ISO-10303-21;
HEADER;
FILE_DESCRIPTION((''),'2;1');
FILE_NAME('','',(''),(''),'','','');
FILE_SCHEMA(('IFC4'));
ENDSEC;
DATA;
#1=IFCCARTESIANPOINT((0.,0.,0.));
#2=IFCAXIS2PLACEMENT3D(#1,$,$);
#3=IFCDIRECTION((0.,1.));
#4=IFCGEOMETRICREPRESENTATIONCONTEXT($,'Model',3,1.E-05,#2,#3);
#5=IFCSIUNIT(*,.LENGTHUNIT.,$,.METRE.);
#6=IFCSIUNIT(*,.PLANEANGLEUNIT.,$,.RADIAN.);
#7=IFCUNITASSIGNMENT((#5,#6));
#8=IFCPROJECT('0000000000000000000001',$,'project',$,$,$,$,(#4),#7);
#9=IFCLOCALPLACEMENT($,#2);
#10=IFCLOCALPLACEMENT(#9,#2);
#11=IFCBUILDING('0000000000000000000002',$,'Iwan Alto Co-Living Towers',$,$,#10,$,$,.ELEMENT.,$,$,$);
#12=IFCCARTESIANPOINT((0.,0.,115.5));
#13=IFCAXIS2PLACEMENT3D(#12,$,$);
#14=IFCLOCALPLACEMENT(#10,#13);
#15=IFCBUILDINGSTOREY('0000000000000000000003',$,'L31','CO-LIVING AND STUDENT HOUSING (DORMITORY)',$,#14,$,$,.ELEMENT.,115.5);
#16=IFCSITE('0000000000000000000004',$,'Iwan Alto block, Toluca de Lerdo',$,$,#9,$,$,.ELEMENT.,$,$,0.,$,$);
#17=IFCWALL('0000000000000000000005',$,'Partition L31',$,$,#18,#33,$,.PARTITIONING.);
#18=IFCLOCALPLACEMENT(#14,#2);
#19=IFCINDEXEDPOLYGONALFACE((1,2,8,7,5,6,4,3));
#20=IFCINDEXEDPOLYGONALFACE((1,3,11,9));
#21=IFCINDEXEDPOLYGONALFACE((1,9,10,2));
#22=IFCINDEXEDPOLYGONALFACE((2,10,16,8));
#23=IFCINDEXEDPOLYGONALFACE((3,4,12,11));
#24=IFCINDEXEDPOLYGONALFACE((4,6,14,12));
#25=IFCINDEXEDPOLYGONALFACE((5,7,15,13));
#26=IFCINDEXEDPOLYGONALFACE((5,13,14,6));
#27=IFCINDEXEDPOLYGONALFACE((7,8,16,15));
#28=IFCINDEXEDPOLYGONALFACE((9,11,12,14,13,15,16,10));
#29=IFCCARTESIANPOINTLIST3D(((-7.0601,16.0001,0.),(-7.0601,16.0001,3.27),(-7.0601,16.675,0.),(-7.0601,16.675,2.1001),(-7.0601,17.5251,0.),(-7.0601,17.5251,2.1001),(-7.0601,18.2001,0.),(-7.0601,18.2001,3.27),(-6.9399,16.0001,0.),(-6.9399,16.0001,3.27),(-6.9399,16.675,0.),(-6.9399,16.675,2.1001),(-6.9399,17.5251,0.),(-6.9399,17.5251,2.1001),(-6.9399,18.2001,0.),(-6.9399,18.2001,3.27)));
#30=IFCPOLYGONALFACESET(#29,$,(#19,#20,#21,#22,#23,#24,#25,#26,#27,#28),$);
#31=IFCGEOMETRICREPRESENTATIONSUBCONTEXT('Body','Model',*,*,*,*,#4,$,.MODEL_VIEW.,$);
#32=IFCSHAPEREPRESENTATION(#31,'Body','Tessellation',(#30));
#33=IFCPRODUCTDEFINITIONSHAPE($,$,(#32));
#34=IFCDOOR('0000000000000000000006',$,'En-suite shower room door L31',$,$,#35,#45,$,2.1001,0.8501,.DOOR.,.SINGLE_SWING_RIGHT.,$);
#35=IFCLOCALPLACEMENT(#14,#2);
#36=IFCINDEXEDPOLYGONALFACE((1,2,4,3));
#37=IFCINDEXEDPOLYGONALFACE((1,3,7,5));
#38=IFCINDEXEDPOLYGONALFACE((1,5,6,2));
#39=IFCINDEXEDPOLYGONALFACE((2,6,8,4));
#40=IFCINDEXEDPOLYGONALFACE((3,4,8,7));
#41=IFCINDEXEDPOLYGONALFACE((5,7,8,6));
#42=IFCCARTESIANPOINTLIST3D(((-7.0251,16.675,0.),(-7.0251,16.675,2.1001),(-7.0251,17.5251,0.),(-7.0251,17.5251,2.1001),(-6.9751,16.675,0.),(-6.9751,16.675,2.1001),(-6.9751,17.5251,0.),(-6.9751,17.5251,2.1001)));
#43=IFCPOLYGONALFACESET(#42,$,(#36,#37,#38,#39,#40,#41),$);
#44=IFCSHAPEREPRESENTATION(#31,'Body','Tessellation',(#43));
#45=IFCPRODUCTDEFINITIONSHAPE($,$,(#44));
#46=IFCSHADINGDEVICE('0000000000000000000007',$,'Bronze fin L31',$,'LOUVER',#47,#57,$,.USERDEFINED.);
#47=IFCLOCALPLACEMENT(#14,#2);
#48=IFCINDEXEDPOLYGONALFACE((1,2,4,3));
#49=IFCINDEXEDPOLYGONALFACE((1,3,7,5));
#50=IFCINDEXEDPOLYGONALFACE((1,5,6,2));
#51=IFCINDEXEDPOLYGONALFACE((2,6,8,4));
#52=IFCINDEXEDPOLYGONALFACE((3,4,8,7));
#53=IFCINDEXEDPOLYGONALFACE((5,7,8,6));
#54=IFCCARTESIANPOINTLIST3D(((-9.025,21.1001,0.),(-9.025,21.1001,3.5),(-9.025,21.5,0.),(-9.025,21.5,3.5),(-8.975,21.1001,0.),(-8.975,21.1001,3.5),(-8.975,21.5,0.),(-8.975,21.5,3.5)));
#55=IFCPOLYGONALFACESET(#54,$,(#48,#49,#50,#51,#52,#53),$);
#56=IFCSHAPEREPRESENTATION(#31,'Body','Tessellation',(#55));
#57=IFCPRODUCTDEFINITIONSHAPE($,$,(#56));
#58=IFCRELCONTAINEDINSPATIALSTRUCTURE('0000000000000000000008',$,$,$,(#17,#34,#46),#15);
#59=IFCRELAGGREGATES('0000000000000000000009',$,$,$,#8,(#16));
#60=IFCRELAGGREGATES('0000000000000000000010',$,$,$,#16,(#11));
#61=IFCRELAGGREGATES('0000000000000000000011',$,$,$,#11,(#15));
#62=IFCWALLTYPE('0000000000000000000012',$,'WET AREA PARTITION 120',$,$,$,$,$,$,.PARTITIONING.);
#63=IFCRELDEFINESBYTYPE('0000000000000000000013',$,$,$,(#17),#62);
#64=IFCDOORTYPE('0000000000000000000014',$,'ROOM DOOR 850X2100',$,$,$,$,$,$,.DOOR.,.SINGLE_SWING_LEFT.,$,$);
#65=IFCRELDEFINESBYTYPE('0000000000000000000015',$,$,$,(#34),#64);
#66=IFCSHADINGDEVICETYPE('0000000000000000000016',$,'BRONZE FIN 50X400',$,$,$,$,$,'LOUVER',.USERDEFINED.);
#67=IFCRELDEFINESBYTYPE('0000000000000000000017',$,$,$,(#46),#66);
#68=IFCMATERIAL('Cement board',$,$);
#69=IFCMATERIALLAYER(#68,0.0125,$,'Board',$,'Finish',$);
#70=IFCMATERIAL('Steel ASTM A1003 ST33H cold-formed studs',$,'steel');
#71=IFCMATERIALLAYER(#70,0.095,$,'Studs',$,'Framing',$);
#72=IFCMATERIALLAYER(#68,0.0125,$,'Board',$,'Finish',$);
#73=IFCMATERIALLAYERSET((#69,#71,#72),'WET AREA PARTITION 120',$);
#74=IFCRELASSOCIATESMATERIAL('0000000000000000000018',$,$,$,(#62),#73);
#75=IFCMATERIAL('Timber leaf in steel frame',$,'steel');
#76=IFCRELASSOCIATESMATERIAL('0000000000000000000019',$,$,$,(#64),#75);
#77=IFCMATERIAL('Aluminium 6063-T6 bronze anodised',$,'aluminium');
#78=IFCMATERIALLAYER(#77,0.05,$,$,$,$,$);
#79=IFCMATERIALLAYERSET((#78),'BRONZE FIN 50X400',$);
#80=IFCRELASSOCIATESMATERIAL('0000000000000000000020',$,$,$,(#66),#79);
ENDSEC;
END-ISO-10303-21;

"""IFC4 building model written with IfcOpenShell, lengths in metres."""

from ifc_helpers import new_model, si_unit, direction, frame, frame_2d, origin, origin_2d, place, context, subcontext, project, spatial, rectangle, extrude, material, layer, layer_set, type_object, element, fill, save


model = new_model("IFC4")

# Units and contexts
model_context = context("Model", 3, precision=1e-05, world=origin(), true_north=direction((0.0, 1.0)))
body_context = subcontext(model_context, "Body", "Model", "MODEL_VIEW")
ifc_project = project(units=[si_unit("LENGTHUNIT", "METRE"), si_unit("PLANEANGLEUNIT", "RADIAN")], contexts=[model_context])

# Site, building, storey
site_placement = place(None, origin())
site = spatial("IfcSite", under=ifc_project, at=site_placement, Name="Iwan Alto block, Toluca de Lerdo", CompositionType="ELEMENT", RefElevation=0.0)
building_placement = place(site_placement, origin())
building = spatial("IfcBuilding", under=site, at=building_placement, Name="Iwan Alto Co-Living Towers", CompositionType="ELEMENT")
storey_placement = place(building_placement, frame((0.0, 0.0, 115.5)))
storey = spatial("IfcBuildingStorey", under=building, at=storey_placement, Name="L31", Description="CO-LIVING AND STUDENT HOUSING (DORMITORY)", CompositionType="ELEMENT", Elevation=115.5)

# Shared definitions
ifc_material_1 = material(Name="Steel ASTM A1003 ST33H cold-formed studs", Category="steel")

# Shared definitions
ifc_material_2 = material(Name="Cement board")
ifc_layer_1 = layer(ifc_material_2, 0.0125, Name="Board", Category="Finish")
ifc_layer_2 = layer(ifc_material_1, 0.095, Name="Studs", Category="Framing")
ifc_layer_3 = layer(ifc_material_2, 0.0125, Name="Board", Category="Finish")
ifc_layer_set_1 = layer_set([ifc_layer_1, ifc_layer_2, ifc_layer_3], Name="WET AREA PARTITION 120")
wall_type_1 = type_object("IfcWallType", Name="WET AREA PARTITION 120", PredefinedType="PARTITIONING", material=ifc_layer_set_1)
ifc_material_3 = material(Name="Timber leaf in steel frame", Category="steel")
door_type_1 = type_object("IfcDoorType", Name="ROOM DOOR 850X2100", OperationType="SINGLE_SWING_LEFT", PredefinedType="DOOR", material=ifc_material_3)

# Wall, opening, door
wall_1_placement = place(storey_placement, frame((-7.0, 16.0, 0.0), z_axis=(0.0, 0.0, 1.0), x_axis=(0.0, 1.0, 0.0)))
wall_1 = element("IfcWall", 1, at=wall_1_placement, inside=storey, type_object=wall_type_1, Name="Partition L31", PredefinedType="PARTITIONING", context=body_context, shape_type="SweptSolid", body=[
    extrude(rectangle(XDim=2.2, YDim=0.1201, at=frame_2d((1.1001, 0.0))), origin(), (0.0, 0.0, 1.0), 3.27),
])
opening_1_placement = place(wall_1_placement, frame((0.675, 0.0, 0.0)))
opening_1 = element("IfcOpeningElement", 2, at=opening_1_placement, cuts=wall_1, PredefinedType="OPENING", context=body_context, shape_type="SweptSolid", body=[
    extrude(rectangle(XDim=0.8501, YDim=2.1001, at=frame_2d((0.425, 1.05))), frame((0.0, 0.0701, 0.0), z_axis=(0.0, -1.0, 0.0), x_axis=(1.0, 0.0, 0.0)), (0.0, 0.0, 1.0), 0.1401),
])
door_1_placement = place(opening_1_placement, frame((0.8501, 0.0, 0.0), z_axis=(0.0, 0.0, 1.0), x_axis=(-1.0, 0.0, 0.0)))
door_1 = element("IfcDoor", 3, at=door_1_placement, inside=storey, type_object=door_type_1, Name="En-suite shower room door L31", OperationType="SINGLE_SWING_RIGHT", OverallHeight=2.1001, OverallWidth=0.8501, PredefinedType="DOOR", context=body_context, shape_type="SweptSolid", body=[
    extrude(rectangle(XDim=0.8501, YDim=2.1001, at=frame_2d((0.425, 1.05))), frame((0.0, 0.0249, 0.0), z_axis=(0.0, -1.0, 0.0), x_axis=(1.0, 0.0, 0.0)), (0.0, 0.0, 1.0), 0.05),
])
fill(opening_1, door_1)

# Shading device
ifc_material_4 = material(Name="Aluminium 6063-T6 bronze anodised", Category="aluminium")
ifc_layer_4 = layer(ifc_material_4, 0.05)
ifc_layer_set_2 = layer_set([ifc_layer_4], Name="BRONZE FIN 50X400")
shading_device_type = type_object("IfcShadingDeviceType", Name="BRONZE FIN 50X400", ElementType="LOUVER", PredefinedType="USERDEFINED", material=ifc_layer_set_2)
shading_device_placement = place(storey_placement, frame((-9.0, 21.3, 0.0), z_axis=(0.0, 0.0, 1.0), x_axis=(-1.0, 0.0, 0.0)))
element("IfcShadingDevice", 4, at=shading_device_placement, inside=storey, type_object=shading_device_type, Name="Bronze fin L31", ObjectType="LOUVER", PredefinedType="USERDEFINED", context=body_context, shape_type="SweptSolid", body=[
    extrude(rectangle(XDim=0.05, YDim=0.3999, at=origin_2d()), origin(), (0.0, 0.0, 1.0), 3.5),
])

save(model, "model.ifc")
